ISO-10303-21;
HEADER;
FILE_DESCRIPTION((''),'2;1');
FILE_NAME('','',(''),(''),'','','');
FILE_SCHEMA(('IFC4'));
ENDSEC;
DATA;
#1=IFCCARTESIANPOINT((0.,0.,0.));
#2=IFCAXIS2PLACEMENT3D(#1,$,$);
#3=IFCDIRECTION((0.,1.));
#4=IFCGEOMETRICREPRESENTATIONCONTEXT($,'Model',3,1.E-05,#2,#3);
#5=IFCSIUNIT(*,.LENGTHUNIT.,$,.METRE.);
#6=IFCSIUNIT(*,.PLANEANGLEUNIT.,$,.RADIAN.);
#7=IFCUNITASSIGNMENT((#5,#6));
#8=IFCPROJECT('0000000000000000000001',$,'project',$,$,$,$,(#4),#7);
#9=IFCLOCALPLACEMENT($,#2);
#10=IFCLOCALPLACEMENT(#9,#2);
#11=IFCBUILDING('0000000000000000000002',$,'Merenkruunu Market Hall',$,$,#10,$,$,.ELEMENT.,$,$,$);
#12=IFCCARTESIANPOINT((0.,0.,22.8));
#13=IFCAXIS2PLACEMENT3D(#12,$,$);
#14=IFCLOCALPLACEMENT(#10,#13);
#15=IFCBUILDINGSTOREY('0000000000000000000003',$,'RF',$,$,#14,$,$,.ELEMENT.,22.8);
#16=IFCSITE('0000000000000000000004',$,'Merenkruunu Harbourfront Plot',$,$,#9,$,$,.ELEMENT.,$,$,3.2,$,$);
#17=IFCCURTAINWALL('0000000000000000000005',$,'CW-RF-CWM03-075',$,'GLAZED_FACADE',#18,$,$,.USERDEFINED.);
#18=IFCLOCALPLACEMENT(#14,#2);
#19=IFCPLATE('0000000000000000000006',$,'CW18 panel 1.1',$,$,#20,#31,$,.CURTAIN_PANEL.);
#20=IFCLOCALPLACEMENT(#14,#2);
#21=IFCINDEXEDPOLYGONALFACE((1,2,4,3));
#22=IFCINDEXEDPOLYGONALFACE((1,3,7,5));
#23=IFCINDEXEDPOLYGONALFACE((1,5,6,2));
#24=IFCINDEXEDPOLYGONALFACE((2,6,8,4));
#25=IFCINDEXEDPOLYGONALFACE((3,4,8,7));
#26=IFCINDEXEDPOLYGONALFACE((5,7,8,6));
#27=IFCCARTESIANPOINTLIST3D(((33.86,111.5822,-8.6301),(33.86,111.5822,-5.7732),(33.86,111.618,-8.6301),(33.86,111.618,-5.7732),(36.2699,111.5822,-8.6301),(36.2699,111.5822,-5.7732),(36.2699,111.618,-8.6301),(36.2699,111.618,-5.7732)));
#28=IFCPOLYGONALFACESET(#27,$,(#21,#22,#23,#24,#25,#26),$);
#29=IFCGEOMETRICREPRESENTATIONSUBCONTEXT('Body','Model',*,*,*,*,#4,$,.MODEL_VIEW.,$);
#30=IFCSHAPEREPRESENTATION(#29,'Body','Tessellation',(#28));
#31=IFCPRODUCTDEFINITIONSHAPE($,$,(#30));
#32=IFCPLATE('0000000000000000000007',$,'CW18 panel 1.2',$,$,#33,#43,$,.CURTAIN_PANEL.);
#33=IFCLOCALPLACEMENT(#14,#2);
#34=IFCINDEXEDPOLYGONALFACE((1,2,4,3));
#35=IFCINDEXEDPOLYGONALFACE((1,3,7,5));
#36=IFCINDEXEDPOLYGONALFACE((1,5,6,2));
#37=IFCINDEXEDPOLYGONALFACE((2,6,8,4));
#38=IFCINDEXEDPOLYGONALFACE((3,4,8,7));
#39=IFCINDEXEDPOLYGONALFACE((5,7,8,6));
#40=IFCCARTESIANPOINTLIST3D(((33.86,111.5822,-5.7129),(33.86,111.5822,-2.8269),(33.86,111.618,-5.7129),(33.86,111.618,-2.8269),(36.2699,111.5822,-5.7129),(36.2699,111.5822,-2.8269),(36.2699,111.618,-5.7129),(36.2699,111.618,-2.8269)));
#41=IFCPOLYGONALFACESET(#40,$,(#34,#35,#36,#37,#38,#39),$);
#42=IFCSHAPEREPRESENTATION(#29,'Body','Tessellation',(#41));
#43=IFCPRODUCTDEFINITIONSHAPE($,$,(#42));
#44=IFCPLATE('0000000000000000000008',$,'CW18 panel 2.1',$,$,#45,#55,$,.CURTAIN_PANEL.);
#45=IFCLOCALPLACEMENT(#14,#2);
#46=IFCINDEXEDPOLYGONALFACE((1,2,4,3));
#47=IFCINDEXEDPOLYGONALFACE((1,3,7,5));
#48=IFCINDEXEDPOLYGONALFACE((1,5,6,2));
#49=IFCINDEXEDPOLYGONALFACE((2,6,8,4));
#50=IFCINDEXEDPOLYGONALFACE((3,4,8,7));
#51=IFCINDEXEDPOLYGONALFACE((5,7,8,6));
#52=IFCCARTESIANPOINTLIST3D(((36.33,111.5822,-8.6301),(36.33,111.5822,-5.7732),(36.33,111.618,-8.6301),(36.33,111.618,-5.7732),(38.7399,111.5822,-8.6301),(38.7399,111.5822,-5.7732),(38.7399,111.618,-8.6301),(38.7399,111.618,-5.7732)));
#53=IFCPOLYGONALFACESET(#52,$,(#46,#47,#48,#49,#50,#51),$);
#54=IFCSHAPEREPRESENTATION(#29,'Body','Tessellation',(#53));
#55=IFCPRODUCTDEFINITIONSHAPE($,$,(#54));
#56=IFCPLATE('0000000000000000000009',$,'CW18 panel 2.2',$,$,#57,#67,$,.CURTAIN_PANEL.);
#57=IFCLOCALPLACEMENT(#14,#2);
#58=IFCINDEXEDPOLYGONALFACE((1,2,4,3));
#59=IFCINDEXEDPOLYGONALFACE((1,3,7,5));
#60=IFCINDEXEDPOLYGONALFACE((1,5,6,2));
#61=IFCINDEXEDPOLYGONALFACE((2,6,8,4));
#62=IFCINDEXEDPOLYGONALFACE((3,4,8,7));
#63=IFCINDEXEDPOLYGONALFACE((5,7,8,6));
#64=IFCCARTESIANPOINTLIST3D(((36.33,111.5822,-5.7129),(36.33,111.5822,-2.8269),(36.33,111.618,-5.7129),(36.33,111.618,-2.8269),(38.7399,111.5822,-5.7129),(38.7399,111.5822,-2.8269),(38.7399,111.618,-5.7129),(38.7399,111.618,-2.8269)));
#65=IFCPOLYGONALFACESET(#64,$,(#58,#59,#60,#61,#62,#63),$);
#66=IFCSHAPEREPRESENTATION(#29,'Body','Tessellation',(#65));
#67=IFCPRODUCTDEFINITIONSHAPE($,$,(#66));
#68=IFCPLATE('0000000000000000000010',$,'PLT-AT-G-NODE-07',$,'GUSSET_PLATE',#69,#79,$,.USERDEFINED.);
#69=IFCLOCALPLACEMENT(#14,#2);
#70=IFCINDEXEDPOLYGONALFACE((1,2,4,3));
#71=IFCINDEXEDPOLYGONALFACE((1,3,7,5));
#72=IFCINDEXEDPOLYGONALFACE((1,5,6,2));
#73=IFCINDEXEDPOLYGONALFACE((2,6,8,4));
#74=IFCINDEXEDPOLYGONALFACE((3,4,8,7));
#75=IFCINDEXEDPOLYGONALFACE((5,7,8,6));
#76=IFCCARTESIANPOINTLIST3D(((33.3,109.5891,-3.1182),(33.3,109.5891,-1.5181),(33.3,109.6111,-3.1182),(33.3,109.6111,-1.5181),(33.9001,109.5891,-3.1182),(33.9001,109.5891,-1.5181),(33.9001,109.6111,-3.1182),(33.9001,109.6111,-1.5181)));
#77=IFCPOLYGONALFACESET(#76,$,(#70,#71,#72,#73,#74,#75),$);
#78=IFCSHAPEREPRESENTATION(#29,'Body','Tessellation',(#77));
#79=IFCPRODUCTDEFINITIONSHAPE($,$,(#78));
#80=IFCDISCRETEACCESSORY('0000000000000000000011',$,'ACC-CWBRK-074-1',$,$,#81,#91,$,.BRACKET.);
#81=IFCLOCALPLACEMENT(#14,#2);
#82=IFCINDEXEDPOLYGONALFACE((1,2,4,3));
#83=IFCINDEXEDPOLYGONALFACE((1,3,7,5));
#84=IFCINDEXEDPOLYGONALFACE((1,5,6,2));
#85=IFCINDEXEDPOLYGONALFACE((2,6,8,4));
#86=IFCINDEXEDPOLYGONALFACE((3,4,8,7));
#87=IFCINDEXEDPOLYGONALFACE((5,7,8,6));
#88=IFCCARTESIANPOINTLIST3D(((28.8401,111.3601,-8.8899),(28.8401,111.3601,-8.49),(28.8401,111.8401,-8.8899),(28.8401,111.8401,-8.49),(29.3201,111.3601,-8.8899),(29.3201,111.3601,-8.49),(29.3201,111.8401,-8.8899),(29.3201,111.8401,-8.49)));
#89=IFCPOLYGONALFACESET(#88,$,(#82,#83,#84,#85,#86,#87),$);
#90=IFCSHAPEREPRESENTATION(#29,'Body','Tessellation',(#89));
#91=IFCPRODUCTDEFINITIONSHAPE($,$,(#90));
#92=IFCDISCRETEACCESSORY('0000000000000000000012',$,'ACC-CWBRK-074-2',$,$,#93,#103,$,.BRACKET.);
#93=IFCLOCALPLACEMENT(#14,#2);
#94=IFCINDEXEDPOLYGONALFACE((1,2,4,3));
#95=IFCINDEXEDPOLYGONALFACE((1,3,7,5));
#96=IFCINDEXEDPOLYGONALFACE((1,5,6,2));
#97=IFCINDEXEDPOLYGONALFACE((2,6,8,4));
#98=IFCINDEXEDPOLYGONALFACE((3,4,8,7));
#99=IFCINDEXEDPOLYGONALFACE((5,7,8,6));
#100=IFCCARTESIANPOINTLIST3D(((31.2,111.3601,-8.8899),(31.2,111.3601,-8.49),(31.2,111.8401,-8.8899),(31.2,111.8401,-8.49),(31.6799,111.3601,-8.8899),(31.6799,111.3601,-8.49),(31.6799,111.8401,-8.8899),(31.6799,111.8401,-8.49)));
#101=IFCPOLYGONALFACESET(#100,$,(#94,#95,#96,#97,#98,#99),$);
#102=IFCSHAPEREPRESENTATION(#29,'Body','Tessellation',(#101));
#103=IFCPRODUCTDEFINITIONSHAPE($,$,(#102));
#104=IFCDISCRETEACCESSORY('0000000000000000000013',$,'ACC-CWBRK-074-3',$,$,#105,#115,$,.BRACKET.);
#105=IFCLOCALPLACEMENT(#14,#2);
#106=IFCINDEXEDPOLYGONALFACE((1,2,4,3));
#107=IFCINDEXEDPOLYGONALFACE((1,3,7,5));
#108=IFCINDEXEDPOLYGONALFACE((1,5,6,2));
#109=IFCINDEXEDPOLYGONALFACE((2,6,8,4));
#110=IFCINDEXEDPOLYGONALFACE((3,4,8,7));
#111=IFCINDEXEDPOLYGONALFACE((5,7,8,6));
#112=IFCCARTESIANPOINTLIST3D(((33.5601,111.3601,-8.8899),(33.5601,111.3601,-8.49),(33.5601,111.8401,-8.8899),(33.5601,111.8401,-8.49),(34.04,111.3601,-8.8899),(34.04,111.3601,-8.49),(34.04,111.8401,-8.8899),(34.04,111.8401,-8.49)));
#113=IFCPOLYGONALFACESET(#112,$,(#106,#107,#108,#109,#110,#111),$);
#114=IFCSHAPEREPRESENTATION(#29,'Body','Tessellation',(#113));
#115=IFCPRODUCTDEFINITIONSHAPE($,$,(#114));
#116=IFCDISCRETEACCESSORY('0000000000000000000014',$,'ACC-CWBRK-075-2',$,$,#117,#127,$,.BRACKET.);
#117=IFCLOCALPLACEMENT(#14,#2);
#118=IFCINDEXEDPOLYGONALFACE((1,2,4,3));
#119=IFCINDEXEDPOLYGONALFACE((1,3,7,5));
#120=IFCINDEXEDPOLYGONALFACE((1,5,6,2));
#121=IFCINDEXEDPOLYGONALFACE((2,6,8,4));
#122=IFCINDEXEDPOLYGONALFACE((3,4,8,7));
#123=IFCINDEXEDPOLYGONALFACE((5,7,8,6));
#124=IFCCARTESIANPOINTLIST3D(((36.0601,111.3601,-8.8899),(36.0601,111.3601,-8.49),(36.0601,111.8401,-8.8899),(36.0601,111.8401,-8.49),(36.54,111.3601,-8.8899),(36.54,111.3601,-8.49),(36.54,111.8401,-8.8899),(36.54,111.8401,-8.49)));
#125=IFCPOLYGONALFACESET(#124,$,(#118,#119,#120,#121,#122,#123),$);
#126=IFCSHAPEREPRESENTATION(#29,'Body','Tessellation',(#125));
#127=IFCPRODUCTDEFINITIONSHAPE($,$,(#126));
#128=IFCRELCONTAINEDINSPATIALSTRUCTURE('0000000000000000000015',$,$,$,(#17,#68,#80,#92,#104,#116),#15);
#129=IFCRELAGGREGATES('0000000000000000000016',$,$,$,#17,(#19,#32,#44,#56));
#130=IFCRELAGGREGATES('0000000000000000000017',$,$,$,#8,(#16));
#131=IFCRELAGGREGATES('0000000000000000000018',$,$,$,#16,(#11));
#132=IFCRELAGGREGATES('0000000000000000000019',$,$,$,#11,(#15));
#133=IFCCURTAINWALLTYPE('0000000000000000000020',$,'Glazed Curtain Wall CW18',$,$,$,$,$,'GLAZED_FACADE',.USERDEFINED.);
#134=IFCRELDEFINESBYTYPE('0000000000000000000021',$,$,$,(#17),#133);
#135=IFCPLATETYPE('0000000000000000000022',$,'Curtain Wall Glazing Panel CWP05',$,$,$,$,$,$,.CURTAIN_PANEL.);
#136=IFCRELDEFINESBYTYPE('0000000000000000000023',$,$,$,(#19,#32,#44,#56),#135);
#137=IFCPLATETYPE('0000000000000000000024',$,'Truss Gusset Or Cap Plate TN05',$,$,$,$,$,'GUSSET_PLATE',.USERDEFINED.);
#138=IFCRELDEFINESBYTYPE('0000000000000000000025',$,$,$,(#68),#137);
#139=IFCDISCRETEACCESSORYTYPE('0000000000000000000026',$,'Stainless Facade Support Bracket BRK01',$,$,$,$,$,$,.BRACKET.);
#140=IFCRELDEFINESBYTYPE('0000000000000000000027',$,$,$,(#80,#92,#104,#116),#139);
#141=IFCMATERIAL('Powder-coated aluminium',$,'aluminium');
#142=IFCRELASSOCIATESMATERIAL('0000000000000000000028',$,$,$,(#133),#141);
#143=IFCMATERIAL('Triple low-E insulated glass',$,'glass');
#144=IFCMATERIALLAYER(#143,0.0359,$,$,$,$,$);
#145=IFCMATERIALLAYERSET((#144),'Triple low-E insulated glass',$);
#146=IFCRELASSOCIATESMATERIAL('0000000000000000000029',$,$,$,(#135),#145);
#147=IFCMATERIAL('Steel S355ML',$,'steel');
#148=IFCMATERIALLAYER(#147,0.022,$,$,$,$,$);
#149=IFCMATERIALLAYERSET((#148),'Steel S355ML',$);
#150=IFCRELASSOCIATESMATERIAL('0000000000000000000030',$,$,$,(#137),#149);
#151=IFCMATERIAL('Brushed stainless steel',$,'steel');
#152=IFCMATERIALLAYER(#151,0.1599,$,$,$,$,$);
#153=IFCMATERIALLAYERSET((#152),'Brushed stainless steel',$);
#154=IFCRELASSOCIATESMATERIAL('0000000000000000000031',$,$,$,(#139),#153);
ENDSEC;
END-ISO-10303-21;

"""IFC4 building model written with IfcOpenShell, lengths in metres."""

from ifc_helpers import new_model, si_unit, direction, frame, origin, origin_2d, place, context, subcontext, project, spatial, rectangle, extrude, material, layer, layer_set, type_object, element, aggregate, save


model = new_model("IFC4")

# Units and contexts
model_context = context("Model", 3, precision=1e-05, world=origin(), true_north=direction((0.0, 1.0)))
body_context = subcontext(model_context, "Body", "Model", "MODEL_VIEW")
ifc_project = project(units=[si_unit("LENGTHUNIT", "METRE"), si_unit("PLANEANGLEUNIT", "RADIAN")], contexts=[model_context])

# Site, building, storey
site_placement = place(None, origin())
site = spatial("IfcSite", under=ifc_project, at=site_placement, Name="Merenkruunu Harbourfront Plot", CompositionType="ELEMENT", RefElevation=3.2)
building_placement = place(site_placement, origin())
building = spatial("IfcBuilding", under=site, at=building_placement, Name="Merenkruunu Market Hall", CompositionType="ELEMENT")
storey_placement = place(building_placement, frame((0.0, 0.0, 22.8)))
storey = spatial("IfcBuildingStorey", under=building, at=storey_placement, Name="RF", CompositionType="ELEMENT", Elevation=22.8)

# Shared definitions
ifc_material_1 = material(Name="Steel S355ML", Category="steel")

# Curtain wall
ifc_material_2 = material(Name="Powder-coated aluminium", Category="aluminium")
curtain_wall_type = type_object("IfcCurtainWallType", Name="Glazed Curtain Wall CW18", ElementType="GLAZED_FACADE", PredefinedType="USERDEFINED", material=ifc_material_2)
curtain_wall_1_placement = place(storey_placement, origin())
curtain_wall_1 = element("IfcCurtainWall", 1, at=curtain_wall_1_placement, inside=storey, type_object=curtain_wall_type, Name="CW-RF-CWM03-075", ObjectType="GLAZED_FACADE", PredefinedType="USERDEFINED")

# Plates
ifc_material_3 = material(Name="Triple low-E insulated glass", Category="glass")
ifc_layer_1 = layer(ifc_material_3, 0.0359)
ifc_layer_set_1 = layer_set([ifc_layer_1], Name="Triple low-E insulated glass")
plate_type_1 = type_object("IfcPlateType", Name="Curtain Wall Glazing Panel CWP05", PredefinedType="CURTAIN_PANEL", material=ifc_layer_set_1)
plate_1_placement = place(storey_placement, frame((35.0649, 111.6001, -8.6301), z_axis=(0.0, 0.0, 1.0), x_axis=(1.0, 0.0, 0.0)))
plate_1 = element("IfcPlate", 2, at=plate_1_placement, type_object=plate_type_1, Name="CW18 panel 1.1", PredefinedType="CURTAIN_PANEL", context=body_context, shape_type="SweptSolid", body=[
    extrude(rectangle(XDim=2.4099, YDim=0.0359, at=origin_2d()), origin(), (0.0, 0.0, 1.0), 2.8569),
])
plate_2_placement = place(storey_placement, frame((35.0649, 111.6001, -5.7129), z_axis=(0.0, 0.0, 1.0), x_axis=(1.0, 0.0, 0.0)))
plate_2 = element("IfcPlate", 3, at=plate_2_placement, type_object=plate_type_1, Name="CW18 panel 1.2", PredefinedType="CURTAIN_PANEL", context=body_context, shape_type="SweptSolid", body=[
    extrude(rectangle(XDim=2.4099, YDim=0.0359, at=origin_2d()), origin(), (0.0, 0.0, 1.0), 2.886),
])
plate_3_placement = place(storey_placement, frame((37.5349, 111.6001, -8.6301), z_axis=(0.0, 0.0, 1.0), x_axis=(1.0, 0.0, 0.0)))
plate_3 = element("IfcPlate", 4, at=plate_3_placement, type_object=plate_type_1, Name="CW18 panel 2.1", PredefinedType="CURTAIN_PANEL", context=body_context, shape_type="SweptSolid", body=[
    extrude(rectangle(XDim=2.4099, YDim=0.0359, at=origin_2d()), origin(), (0.0, 0.0, 1.0), 2.8569),
])
plate_4_placement = place(storey_placement, frame((37.5349, 111.6001, -5.7129), z_axis=(0.0, 0.0, 1.0), x_axis=(1.0, 0.0, 0.0)))
plate_4 = element("IfcPlate", 5, at=plate_4_placement, type_object=plate_type_1, Name="CW18 panel 2.2", PredefinedType="CURTAIN_PANEL", context=body_context, shape_type="SweptSolid", body=[
    extrude(rectangle(XDim=2.4099, YDim=0.0359, at=origin_2d()), origin(), (0.0, 0.0, 1.0), 2.886),
])
aggregate(curtain_wall_1, [plate_1, plate_2, plate_3, plate_4])
ifc_layer_2 = layer(ifc_material_1, 0.022)
ifc_layer_set_2 = layer_set([ifc_layer_2], Name="Steel S355ML")
plate_type_2 = type_object("IfcPlateType", Name="Truss Gusset Or Cap Plate TN05", ElementType="GUSSET_PLATE", PredefinedType="USERDEFINED", material=ifc_layer_set_2)
plate_5_placement = place(storey_placement, frame((33.6001, 109.6001, -3.1182), z_axis=(0.0, 0.0, 1.0), x_axis=(1.0, 0.0, 0.0)))
element("IfcPlate", 6, at=plate_5_placement, inside=storey, type_object=plate_type_2, Name="PLT-AT-G-NODE-07", ObjectType="GUSSET_PLATE", PredefinedType="USERDEFINED", context=body_context, shape_type="SweptSolid", body=[
    extrude(rectangle(XDim=0.6001, YDim=0.022, at=origin_2d()), origin(), (0.0, 0.0, 1.0), 1.6001),
])

# Discrete accessories
ifc_material_4 = material(Name="Brushed stainless steel", Category="steel")
ifc_layer_3 = layer(ifc_material_4, 0.1599)
ifc_layer_set_3 = layer_set([ifc_layer_3], Name="Brushed stainless steel")
discrete_accessory_type = type_object("IfcDiscreteAccessoryType", Name="Stainless Facade Support Bracket BRK01", PredefinedType="BRACKET", material=ifc_layer_set_3)
for number, where, z_axis, x_axis, name in (
    (7, (29.0801, 111.6001, -8.8899), (0.0, 0.0, 1.0), (1.0, 0.0, 0.0), "ACC-CWBRK-074-1"),
    (8, (31.4399, 111.6001, -8.8899), (0.0, 0.0, 1.0), (1.0, 0.0, 0.0), "ACC-CWBRK-074-2"),
    (9, (33.8, 111.6001, -8.8899), (0.0, 0.0, 1.0), (1.0, 0.0, 0.0), "ACC-CWBRK-074-3"),
    (10, (36.3, 111.6001, -8.8899), (0.0, 0.0, 1.0), (1.0, 0.0, 0.0), "ACC-CWBRK-075-2"),
):
    element("IfcDiscreteAccessory", number, at=place(storey_placement, frame(where, z_axis=z_axis, x_axis=x_axis)), inside=storey, type_object=discrete_accessory_type, Name=name, PredefinedType="BRACKET", context=body_context, shape_type="SweptSolid", body=[
        extrude(rectangle(XDim=0.48, YDim=0.48, at=origin_2d()), origin(), (0.0, 0.0, 1.0), 0.3999),
    ])

save(model, "model.ifc")
